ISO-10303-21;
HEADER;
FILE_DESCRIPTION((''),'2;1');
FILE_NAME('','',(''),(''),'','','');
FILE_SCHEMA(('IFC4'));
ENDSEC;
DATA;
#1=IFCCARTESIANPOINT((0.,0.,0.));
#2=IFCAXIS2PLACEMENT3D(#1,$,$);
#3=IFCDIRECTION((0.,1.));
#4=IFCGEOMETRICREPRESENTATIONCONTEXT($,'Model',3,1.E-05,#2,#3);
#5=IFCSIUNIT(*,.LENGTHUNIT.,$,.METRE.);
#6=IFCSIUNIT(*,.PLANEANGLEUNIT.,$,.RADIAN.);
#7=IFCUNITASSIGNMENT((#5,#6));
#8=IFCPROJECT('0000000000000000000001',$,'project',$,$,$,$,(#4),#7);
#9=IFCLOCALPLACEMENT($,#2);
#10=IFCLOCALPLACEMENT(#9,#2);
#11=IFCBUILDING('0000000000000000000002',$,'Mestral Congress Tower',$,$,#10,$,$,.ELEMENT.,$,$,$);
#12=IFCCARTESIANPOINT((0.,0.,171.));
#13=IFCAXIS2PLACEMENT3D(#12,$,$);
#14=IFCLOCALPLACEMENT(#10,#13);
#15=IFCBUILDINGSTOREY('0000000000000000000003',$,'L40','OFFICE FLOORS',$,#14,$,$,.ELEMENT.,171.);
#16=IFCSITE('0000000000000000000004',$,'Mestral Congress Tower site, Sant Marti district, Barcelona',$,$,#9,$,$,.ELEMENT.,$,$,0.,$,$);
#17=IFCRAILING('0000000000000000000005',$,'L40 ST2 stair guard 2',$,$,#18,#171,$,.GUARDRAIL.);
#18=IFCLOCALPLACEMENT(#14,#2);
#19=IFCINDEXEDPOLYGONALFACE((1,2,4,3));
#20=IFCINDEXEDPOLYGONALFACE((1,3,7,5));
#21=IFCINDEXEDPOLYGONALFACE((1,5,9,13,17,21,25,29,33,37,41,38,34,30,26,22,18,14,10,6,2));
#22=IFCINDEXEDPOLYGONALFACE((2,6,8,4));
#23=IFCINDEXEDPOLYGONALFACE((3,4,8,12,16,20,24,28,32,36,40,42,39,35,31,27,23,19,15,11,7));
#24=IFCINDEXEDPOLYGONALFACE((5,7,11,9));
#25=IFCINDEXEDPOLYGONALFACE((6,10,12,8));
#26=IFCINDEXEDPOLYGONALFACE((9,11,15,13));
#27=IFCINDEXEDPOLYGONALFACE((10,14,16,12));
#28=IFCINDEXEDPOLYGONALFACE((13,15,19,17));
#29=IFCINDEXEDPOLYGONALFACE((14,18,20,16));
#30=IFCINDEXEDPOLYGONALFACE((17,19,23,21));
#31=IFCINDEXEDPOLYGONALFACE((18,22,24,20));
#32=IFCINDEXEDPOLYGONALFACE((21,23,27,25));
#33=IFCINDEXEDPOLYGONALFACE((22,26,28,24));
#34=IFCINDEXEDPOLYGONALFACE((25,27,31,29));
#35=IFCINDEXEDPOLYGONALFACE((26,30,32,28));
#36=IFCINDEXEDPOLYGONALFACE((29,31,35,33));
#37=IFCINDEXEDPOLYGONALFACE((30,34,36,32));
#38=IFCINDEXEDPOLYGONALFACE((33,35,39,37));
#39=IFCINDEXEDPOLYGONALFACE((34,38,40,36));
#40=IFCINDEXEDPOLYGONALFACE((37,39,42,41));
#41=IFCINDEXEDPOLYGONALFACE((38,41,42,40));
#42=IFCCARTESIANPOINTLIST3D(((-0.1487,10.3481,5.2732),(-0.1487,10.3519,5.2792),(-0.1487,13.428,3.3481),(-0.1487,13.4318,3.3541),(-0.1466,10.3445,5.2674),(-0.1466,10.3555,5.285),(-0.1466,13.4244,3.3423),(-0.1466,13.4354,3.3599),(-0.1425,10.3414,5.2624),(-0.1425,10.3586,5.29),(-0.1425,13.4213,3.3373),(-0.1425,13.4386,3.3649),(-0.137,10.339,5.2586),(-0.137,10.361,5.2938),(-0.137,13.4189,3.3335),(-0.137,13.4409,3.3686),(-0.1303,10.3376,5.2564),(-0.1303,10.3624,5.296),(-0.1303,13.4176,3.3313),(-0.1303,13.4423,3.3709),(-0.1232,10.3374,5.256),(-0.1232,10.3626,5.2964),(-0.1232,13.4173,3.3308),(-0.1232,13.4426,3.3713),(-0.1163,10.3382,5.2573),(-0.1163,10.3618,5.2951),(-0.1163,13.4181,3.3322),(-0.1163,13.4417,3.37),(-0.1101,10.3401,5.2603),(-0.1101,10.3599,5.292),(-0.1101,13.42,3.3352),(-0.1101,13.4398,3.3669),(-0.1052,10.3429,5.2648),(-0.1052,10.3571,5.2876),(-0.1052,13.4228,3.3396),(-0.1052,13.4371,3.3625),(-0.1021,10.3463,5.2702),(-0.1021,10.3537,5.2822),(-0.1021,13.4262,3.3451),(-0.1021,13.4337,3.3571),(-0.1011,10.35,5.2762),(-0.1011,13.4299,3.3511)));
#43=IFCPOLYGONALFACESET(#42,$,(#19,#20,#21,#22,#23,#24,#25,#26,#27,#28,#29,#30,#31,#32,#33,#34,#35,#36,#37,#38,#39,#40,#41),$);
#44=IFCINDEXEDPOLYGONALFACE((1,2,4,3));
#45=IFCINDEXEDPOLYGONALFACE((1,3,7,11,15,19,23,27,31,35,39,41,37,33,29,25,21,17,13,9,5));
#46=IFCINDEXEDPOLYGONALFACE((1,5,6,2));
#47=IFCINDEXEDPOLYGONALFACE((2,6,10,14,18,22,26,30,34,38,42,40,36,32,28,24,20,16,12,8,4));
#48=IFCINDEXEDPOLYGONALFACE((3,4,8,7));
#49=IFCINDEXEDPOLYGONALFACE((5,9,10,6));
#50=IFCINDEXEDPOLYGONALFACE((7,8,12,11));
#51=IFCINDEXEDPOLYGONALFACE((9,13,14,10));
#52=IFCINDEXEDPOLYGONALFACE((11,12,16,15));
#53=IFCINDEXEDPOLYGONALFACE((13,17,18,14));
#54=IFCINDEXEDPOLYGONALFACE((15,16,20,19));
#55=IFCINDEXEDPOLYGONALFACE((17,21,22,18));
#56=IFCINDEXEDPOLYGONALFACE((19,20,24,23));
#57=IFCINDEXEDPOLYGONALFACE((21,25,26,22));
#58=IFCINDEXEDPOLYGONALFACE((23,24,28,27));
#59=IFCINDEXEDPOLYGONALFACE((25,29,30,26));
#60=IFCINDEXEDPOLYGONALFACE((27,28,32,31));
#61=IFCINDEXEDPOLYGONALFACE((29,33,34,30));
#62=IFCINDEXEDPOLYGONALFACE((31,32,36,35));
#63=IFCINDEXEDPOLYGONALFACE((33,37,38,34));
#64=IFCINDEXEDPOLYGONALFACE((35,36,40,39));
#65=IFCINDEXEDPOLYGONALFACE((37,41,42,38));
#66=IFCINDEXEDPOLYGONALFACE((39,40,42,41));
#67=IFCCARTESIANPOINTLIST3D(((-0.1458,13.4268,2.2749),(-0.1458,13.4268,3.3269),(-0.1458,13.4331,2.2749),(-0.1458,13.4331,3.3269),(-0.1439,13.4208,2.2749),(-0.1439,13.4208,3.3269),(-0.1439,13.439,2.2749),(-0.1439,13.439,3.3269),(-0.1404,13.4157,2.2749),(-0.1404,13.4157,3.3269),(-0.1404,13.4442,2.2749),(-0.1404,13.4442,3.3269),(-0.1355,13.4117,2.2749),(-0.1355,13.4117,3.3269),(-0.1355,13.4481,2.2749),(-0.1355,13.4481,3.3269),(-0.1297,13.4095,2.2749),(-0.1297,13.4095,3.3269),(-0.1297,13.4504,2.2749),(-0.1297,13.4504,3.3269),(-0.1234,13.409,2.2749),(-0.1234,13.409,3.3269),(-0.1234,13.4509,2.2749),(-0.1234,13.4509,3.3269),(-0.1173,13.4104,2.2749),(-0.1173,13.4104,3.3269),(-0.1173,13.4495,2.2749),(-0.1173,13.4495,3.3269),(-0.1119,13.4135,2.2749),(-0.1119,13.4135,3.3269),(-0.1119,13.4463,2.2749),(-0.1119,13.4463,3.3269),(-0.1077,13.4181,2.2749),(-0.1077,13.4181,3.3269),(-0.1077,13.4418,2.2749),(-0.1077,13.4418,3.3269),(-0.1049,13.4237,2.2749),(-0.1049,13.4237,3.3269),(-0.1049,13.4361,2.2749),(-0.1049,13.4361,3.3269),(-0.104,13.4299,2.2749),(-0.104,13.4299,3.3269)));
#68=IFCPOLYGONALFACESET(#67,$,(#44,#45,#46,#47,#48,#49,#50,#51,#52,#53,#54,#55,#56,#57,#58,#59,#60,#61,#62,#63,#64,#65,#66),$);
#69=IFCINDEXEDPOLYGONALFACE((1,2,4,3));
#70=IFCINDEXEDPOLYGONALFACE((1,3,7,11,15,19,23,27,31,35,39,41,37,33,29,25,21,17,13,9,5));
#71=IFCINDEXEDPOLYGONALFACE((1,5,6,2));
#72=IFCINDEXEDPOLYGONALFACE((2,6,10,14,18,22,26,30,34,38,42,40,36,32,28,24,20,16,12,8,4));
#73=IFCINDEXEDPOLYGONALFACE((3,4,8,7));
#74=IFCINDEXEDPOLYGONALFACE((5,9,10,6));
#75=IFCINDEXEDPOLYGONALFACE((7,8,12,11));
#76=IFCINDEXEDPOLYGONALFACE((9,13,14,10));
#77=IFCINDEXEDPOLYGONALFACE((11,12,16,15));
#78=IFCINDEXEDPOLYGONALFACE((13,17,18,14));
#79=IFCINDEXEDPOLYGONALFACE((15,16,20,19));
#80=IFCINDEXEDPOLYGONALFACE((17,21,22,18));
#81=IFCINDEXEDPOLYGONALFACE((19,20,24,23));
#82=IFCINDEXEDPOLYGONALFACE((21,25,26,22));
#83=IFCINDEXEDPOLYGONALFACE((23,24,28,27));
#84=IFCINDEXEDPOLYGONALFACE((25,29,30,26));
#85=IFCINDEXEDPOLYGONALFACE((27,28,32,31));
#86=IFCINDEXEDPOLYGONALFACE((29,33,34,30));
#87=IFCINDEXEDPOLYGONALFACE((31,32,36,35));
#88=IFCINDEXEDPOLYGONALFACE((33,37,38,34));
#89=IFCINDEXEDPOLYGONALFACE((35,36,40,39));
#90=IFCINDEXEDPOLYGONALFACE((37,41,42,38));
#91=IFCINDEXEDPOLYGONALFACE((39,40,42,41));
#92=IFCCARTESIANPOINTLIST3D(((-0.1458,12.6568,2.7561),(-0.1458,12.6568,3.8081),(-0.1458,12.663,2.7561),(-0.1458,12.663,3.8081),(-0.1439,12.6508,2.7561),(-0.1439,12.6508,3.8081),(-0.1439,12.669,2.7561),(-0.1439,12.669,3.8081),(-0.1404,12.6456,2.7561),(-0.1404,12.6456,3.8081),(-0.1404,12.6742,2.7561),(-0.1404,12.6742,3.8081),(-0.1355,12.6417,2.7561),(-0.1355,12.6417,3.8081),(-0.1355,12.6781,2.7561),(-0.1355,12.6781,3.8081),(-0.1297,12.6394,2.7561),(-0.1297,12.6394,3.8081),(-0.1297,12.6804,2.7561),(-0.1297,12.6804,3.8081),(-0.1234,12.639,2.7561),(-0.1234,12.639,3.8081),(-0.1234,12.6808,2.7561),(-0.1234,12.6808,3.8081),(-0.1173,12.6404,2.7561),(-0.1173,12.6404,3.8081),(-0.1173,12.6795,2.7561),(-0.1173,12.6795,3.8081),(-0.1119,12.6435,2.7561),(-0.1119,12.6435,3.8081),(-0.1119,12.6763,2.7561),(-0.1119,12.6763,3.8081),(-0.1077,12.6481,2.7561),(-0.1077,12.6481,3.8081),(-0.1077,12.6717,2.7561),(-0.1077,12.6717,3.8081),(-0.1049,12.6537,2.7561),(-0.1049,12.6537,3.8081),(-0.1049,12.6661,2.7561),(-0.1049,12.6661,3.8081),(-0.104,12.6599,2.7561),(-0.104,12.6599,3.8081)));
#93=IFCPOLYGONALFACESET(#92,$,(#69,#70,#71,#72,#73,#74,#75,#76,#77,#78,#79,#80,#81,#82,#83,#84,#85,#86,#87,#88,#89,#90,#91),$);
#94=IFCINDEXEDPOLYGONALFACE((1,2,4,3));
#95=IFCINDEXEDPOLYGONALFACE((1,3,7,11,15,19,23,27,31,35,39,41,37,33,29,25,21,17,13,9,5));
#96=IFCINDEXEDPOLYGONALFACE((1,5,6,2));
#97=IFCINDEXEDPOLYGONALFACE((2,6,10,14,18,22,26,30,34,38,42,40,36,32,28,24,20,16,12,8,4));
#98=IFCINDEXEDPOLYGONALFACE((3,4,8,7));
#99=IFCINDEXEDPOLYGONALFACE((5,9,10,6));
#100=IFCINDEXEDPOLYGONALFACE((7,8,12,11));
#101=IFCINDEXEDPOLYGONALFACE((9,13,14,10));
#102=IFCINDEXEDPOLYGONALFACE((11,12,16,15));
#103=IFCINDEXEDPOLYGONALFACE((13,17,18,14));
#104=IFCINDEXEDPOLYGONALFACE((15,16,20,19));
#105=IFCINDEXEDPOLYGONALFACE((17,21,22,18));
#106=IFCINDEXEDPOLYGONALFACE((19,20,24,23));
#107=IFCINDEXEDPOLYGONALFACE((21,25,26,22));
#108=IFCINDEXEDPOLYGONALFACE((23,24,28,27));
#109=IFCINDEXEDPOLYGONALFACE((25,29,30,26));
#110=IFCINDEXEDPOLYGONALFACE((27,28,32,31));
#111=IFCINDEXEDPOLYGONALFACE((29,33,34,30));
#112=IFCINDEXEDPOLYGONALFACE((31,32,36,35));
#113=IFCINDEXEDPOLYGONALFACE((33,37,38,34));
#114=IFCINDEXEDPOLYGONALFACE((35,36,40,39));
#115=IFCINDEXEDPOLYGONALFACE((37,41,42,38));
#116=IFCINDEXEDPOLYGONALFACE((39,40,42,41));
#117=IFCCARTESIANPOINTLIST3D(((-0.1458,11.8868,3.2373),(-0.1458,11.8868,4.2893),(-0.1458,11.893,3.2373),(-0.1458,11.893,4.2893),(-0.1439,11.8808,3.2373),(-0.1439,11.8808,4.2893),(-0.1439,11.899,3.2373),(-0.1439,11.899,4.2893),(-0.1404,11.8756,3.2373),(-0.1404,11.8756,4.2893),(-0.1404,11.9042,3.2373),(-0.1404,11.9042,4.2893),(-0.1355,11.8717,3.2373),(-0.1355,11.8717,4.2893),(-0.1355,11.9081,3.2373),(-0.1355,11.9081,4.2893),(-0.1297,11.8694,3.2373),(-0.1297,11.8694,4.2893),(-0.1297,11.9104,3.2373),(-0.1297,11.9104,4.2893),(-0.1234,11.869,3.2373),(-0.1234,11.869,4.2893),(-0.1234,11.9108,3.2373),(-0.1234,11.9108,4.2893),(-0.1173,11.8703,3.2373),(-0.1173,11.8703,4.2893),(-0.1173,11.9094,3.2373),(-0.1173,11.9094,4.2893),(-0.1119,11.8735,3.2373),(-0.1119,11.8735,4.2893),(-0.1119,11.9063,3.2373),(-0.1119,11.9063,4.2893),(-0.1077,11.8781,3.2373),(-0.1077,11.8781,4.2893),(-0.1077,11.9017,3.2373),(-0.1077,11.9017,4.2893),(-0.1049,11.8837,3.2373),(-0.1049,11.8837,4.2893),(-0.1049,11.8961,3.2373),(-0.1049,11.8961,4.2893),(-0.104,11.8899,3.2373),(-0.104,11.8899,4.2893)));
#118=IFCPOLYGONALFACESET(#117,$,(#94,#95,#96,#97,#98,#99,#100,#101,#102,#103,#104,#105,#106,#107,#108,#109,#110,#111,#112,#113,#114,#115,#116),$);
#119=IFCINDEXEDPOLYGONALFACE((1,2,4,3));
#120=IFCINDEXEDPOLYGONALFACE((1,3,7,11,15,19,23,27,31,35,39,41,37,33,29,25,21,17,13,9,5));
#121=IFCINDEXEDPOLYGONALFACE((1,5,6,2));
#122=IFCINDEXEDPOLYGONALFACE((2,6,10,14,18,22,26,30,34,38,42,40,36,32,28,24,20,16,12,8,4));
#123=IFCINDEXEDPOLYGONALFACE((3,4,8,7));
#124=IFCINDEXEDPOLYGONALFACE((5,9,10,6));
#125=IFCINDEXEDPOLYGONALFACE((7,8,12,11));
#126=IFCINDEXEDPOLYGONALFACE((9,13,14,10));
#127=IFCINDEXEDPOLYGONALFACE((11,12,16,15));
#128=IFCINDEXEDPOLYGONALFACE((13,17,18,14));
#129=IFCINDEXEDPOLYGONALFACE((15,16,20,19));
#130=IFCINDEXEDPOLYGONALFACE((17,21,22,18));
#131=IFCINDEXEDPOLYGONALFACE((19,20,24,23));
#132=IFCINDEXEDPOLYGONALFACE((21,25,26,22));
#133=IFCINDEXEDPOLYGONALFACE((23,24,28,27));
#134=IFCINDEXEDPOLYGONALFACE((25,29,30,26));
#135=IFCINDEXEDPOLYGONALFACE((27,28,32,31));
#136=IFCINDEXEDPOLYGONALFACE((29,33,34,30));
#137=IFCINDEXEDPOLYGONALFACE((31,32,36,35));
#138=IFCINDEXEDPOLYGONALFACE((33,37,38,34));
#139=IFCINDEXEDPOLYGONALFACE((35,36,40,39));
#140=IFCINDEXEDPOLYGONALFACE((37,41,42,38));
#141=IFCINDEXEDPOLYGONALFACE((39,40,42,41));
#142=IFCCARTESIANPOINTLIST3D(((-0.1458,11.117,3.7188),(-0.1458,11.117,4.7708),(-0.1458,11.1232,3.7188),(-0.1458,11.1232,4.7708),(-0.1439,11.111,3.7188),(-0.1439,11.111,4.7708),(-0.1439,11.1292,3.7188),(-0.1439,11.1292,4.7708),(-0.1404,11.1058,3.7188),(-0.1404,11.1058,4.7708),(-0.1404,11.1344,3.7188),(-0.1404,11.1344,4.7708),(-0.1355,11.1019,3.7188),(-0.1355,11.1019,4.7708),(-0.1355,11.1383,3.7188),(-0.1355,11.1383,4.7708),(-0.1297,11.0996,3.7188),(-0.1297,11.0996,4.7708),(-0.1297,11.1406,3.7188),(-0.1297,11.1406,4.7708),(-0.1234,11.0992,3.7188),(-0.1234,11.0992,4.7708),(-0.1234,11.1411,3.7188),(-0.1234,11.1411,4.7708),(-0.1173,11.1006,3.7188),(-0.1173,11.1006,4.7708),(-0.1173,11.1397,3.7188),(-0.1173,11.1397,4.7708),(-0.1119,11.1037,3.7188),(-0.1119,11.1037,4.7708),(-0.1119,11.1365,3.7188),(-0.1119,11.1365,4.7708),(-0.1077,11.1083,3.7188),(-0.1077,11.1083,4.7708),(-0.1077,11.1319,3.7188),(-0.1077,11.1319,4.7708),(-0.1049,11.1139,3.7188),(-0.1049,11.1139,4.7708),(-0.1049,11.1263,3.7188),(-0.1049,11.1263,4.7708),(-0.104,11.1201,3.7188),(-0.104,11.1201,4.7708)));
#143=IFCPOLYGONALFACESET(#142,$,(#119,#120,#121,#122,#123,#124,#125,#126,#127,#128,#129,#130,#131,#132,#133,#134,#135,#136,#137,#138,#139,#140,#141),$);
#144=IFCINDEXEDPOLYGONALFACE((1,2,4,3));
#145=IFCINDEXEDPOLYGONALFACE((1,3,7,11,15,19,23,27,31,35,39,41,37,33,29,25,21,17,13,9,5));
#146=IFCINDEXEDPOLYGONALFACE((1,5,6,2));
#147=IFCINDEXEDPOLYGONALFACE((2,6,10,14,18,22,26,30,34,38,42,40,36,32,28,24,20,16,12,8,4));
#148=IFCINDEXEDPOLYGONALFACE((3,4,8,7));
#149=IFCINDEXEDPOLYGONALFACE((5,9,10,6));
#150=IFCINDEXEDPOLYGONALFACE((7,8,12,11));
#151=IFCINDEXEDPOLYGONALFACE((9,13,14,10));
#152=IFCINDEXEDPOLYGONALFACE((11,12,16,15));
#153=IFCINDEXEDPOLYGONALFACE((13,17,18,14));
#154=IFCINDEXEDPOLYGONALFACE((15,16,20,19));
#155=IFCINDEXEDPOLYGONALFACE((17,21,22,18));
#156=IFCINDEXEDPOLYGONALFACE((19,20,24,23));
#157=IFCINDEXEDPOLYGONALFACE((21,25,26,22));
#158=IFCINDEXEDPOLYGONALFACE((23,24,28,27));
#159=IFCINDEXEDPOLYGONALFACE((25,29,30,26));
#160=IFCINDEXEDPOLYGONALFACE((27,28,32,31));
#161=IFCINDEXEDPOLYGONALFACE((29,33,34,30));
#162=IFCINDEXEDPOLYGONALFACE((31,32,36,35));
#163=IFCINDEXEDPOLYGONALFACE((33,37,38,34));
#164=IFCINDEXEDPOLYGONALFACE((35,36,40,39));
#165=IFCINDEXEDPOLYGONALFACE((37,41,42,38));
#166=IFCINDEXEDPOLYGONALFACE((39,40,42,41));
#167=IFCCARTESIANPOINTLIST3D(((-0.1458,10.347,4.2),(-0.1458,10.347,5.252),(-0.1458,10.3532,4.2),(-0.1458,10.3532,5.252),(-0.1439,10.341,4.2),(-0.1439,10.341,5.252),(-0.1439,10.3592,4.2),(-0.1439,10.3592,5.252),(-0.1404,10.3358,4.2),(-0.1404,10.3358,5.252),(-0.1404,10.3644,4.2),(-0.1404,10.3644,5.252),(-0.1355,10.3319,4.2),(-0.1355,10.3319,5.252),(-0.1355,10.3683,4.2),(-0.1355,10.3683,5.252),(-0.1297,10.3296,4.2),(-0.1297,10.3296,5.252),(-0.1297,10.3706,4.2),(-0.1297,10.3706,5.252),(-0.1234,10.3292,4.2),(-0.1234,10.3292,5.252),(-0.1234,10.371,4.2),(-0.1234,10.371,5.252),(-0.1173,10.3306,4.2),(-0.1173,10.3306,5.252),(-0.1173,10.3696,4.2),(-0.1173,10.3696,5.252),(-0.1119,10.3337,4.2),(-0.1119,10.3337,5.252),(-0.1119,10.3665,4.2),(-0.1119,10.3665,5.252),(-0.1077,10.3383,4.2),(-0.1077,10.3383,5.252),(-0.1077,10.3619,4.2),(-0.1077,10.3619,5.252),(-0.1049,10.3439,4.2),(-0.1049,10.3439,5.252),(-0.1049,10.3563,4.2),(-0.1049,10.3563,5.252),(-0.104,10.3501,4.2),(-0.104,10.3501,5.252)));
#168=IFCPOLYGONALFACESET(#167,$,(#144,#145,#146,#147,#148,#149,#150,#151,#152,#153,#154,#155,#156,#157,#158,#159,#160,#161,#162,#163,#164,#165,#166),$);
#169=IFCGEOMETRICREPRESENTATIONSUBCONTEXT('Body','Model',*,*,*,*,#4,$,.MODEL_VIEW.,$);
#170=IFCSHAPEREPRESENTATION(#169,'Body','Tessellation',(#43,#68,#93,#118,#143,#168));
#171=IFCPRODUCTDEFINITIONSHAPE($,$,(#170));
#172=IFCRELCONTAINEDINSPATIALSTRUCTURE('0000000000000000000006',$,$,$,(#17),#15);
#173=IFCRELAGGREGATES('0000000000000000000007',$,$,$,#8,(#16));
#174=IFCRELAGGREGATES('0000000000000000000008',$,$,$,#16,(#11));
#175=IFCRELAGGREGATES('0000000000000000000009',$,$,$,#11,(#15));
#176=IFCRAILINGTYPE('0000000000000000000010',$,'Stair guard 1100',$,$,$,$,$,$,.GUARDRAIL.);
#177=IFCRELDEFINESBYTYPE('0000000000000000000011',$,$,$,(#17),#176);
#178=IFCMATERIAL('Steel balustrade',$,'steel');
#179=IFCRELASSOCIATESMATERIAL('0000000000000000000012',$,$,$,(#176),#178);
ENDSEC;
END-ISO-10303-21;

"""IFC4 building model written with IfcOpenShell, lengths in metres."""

from ifc_helpers import new_model, si_unit, direction, frame, origin, origin_2d, place, context, subcontext, project, spatial, circle, extrude, material, type_object, element, save


model = new_model("IFC4")

# Units and contexts
model_context = context("Model", 3, precision=1e-05, world=origin(), true_north=direction((0.0, 1.0)))
body_context = subcontext(model_context, "Body", "Model", "MODEL_VIEW")
ifc_project = project(units=[si_unit("LENGTHUNIT", "METRE"), si_unit("PLANEANGLEUNIT", "RADIAN")], contexts=[model_context])

# Site, building, storey
site_placement = place(None, origin())
site = spatial("IfcSite", under=ifc_project, at=site_placement, Name="Mestral Congress Tower site, Sant Marti district, Barcelona", CompositionType="ELEMENT", RefElevation=0.0)
building_placement = place(site_placement, origin())
building = spatial("IfcBuilding", under=site, at=building_placement, Name="Mestral Congress Tower", CompositionType="ELEMENT")
storey_placement = place(building_placement, frame((0.0, 0.0, 171.0)))
storey = spatial("IfcBuildingStorey", under=building, at=storey_placement, Name="L40", Description="OFFICE FLOORS", CompositionType="ELEMENT", Elevation=171.0)

# Railing
ifc_material_1 = material(Name="Steel balustrade", Category="steel")
railing_type = type_object("IfcRailingType", Name="Stair guard 1100", PredefinedType="GUARDRAIL", material=ifc_material_1)
railing_placement = place(storey_placement, frame((-0.125, 13.4299, 2.2749)))
element("IfcRailing", 1, at=railing_placement, inside=storey, type_object=railing_type, Name="L40 ST2 stair guard 2", PredefinedType="GUARDRAIL", context=body_context, shape_type="SweptSolid", body=[
    extrude(circle(Radius=0.0239, at=origin_2d()), frame((0.0, 0.0, 1.0762), z_axis=(0.0, -0.847979, 0.530029), x_axis=(1.0, 0.0, 0.0)), (0.0, 0.0, 1.0), 3.6321),
    extrude(circle(Radius=0.021, at=origin_2d()), origin(), (0.0, 0.0, 1.0), 1.052),
    extrude(circle(Radius=0.021, at=origin_2d()), frame((0.0, -0.77, 0.4812)), (0.0, 0.0, 1.0), 1.052),
    extrude(circle(Radius=0.021, at=origin_2d()), frame((0.0, -1.54, 0.9624)), (0.0, 0.0, 1.0), 1.052),
    extrude(circle(Radius=0.021, at=origin_2d()), frame((0.0, -2.3098, 1.4438)), (0.0, 0.0, 1.0), 1.052),
    extrude(circle(Radius=0.021, at=origin_2d()), frame((0.0, -3.0798, 1.925)), (0.0, 0.0, 1.0), 1.052),
])

save(model, "model.ifc")
